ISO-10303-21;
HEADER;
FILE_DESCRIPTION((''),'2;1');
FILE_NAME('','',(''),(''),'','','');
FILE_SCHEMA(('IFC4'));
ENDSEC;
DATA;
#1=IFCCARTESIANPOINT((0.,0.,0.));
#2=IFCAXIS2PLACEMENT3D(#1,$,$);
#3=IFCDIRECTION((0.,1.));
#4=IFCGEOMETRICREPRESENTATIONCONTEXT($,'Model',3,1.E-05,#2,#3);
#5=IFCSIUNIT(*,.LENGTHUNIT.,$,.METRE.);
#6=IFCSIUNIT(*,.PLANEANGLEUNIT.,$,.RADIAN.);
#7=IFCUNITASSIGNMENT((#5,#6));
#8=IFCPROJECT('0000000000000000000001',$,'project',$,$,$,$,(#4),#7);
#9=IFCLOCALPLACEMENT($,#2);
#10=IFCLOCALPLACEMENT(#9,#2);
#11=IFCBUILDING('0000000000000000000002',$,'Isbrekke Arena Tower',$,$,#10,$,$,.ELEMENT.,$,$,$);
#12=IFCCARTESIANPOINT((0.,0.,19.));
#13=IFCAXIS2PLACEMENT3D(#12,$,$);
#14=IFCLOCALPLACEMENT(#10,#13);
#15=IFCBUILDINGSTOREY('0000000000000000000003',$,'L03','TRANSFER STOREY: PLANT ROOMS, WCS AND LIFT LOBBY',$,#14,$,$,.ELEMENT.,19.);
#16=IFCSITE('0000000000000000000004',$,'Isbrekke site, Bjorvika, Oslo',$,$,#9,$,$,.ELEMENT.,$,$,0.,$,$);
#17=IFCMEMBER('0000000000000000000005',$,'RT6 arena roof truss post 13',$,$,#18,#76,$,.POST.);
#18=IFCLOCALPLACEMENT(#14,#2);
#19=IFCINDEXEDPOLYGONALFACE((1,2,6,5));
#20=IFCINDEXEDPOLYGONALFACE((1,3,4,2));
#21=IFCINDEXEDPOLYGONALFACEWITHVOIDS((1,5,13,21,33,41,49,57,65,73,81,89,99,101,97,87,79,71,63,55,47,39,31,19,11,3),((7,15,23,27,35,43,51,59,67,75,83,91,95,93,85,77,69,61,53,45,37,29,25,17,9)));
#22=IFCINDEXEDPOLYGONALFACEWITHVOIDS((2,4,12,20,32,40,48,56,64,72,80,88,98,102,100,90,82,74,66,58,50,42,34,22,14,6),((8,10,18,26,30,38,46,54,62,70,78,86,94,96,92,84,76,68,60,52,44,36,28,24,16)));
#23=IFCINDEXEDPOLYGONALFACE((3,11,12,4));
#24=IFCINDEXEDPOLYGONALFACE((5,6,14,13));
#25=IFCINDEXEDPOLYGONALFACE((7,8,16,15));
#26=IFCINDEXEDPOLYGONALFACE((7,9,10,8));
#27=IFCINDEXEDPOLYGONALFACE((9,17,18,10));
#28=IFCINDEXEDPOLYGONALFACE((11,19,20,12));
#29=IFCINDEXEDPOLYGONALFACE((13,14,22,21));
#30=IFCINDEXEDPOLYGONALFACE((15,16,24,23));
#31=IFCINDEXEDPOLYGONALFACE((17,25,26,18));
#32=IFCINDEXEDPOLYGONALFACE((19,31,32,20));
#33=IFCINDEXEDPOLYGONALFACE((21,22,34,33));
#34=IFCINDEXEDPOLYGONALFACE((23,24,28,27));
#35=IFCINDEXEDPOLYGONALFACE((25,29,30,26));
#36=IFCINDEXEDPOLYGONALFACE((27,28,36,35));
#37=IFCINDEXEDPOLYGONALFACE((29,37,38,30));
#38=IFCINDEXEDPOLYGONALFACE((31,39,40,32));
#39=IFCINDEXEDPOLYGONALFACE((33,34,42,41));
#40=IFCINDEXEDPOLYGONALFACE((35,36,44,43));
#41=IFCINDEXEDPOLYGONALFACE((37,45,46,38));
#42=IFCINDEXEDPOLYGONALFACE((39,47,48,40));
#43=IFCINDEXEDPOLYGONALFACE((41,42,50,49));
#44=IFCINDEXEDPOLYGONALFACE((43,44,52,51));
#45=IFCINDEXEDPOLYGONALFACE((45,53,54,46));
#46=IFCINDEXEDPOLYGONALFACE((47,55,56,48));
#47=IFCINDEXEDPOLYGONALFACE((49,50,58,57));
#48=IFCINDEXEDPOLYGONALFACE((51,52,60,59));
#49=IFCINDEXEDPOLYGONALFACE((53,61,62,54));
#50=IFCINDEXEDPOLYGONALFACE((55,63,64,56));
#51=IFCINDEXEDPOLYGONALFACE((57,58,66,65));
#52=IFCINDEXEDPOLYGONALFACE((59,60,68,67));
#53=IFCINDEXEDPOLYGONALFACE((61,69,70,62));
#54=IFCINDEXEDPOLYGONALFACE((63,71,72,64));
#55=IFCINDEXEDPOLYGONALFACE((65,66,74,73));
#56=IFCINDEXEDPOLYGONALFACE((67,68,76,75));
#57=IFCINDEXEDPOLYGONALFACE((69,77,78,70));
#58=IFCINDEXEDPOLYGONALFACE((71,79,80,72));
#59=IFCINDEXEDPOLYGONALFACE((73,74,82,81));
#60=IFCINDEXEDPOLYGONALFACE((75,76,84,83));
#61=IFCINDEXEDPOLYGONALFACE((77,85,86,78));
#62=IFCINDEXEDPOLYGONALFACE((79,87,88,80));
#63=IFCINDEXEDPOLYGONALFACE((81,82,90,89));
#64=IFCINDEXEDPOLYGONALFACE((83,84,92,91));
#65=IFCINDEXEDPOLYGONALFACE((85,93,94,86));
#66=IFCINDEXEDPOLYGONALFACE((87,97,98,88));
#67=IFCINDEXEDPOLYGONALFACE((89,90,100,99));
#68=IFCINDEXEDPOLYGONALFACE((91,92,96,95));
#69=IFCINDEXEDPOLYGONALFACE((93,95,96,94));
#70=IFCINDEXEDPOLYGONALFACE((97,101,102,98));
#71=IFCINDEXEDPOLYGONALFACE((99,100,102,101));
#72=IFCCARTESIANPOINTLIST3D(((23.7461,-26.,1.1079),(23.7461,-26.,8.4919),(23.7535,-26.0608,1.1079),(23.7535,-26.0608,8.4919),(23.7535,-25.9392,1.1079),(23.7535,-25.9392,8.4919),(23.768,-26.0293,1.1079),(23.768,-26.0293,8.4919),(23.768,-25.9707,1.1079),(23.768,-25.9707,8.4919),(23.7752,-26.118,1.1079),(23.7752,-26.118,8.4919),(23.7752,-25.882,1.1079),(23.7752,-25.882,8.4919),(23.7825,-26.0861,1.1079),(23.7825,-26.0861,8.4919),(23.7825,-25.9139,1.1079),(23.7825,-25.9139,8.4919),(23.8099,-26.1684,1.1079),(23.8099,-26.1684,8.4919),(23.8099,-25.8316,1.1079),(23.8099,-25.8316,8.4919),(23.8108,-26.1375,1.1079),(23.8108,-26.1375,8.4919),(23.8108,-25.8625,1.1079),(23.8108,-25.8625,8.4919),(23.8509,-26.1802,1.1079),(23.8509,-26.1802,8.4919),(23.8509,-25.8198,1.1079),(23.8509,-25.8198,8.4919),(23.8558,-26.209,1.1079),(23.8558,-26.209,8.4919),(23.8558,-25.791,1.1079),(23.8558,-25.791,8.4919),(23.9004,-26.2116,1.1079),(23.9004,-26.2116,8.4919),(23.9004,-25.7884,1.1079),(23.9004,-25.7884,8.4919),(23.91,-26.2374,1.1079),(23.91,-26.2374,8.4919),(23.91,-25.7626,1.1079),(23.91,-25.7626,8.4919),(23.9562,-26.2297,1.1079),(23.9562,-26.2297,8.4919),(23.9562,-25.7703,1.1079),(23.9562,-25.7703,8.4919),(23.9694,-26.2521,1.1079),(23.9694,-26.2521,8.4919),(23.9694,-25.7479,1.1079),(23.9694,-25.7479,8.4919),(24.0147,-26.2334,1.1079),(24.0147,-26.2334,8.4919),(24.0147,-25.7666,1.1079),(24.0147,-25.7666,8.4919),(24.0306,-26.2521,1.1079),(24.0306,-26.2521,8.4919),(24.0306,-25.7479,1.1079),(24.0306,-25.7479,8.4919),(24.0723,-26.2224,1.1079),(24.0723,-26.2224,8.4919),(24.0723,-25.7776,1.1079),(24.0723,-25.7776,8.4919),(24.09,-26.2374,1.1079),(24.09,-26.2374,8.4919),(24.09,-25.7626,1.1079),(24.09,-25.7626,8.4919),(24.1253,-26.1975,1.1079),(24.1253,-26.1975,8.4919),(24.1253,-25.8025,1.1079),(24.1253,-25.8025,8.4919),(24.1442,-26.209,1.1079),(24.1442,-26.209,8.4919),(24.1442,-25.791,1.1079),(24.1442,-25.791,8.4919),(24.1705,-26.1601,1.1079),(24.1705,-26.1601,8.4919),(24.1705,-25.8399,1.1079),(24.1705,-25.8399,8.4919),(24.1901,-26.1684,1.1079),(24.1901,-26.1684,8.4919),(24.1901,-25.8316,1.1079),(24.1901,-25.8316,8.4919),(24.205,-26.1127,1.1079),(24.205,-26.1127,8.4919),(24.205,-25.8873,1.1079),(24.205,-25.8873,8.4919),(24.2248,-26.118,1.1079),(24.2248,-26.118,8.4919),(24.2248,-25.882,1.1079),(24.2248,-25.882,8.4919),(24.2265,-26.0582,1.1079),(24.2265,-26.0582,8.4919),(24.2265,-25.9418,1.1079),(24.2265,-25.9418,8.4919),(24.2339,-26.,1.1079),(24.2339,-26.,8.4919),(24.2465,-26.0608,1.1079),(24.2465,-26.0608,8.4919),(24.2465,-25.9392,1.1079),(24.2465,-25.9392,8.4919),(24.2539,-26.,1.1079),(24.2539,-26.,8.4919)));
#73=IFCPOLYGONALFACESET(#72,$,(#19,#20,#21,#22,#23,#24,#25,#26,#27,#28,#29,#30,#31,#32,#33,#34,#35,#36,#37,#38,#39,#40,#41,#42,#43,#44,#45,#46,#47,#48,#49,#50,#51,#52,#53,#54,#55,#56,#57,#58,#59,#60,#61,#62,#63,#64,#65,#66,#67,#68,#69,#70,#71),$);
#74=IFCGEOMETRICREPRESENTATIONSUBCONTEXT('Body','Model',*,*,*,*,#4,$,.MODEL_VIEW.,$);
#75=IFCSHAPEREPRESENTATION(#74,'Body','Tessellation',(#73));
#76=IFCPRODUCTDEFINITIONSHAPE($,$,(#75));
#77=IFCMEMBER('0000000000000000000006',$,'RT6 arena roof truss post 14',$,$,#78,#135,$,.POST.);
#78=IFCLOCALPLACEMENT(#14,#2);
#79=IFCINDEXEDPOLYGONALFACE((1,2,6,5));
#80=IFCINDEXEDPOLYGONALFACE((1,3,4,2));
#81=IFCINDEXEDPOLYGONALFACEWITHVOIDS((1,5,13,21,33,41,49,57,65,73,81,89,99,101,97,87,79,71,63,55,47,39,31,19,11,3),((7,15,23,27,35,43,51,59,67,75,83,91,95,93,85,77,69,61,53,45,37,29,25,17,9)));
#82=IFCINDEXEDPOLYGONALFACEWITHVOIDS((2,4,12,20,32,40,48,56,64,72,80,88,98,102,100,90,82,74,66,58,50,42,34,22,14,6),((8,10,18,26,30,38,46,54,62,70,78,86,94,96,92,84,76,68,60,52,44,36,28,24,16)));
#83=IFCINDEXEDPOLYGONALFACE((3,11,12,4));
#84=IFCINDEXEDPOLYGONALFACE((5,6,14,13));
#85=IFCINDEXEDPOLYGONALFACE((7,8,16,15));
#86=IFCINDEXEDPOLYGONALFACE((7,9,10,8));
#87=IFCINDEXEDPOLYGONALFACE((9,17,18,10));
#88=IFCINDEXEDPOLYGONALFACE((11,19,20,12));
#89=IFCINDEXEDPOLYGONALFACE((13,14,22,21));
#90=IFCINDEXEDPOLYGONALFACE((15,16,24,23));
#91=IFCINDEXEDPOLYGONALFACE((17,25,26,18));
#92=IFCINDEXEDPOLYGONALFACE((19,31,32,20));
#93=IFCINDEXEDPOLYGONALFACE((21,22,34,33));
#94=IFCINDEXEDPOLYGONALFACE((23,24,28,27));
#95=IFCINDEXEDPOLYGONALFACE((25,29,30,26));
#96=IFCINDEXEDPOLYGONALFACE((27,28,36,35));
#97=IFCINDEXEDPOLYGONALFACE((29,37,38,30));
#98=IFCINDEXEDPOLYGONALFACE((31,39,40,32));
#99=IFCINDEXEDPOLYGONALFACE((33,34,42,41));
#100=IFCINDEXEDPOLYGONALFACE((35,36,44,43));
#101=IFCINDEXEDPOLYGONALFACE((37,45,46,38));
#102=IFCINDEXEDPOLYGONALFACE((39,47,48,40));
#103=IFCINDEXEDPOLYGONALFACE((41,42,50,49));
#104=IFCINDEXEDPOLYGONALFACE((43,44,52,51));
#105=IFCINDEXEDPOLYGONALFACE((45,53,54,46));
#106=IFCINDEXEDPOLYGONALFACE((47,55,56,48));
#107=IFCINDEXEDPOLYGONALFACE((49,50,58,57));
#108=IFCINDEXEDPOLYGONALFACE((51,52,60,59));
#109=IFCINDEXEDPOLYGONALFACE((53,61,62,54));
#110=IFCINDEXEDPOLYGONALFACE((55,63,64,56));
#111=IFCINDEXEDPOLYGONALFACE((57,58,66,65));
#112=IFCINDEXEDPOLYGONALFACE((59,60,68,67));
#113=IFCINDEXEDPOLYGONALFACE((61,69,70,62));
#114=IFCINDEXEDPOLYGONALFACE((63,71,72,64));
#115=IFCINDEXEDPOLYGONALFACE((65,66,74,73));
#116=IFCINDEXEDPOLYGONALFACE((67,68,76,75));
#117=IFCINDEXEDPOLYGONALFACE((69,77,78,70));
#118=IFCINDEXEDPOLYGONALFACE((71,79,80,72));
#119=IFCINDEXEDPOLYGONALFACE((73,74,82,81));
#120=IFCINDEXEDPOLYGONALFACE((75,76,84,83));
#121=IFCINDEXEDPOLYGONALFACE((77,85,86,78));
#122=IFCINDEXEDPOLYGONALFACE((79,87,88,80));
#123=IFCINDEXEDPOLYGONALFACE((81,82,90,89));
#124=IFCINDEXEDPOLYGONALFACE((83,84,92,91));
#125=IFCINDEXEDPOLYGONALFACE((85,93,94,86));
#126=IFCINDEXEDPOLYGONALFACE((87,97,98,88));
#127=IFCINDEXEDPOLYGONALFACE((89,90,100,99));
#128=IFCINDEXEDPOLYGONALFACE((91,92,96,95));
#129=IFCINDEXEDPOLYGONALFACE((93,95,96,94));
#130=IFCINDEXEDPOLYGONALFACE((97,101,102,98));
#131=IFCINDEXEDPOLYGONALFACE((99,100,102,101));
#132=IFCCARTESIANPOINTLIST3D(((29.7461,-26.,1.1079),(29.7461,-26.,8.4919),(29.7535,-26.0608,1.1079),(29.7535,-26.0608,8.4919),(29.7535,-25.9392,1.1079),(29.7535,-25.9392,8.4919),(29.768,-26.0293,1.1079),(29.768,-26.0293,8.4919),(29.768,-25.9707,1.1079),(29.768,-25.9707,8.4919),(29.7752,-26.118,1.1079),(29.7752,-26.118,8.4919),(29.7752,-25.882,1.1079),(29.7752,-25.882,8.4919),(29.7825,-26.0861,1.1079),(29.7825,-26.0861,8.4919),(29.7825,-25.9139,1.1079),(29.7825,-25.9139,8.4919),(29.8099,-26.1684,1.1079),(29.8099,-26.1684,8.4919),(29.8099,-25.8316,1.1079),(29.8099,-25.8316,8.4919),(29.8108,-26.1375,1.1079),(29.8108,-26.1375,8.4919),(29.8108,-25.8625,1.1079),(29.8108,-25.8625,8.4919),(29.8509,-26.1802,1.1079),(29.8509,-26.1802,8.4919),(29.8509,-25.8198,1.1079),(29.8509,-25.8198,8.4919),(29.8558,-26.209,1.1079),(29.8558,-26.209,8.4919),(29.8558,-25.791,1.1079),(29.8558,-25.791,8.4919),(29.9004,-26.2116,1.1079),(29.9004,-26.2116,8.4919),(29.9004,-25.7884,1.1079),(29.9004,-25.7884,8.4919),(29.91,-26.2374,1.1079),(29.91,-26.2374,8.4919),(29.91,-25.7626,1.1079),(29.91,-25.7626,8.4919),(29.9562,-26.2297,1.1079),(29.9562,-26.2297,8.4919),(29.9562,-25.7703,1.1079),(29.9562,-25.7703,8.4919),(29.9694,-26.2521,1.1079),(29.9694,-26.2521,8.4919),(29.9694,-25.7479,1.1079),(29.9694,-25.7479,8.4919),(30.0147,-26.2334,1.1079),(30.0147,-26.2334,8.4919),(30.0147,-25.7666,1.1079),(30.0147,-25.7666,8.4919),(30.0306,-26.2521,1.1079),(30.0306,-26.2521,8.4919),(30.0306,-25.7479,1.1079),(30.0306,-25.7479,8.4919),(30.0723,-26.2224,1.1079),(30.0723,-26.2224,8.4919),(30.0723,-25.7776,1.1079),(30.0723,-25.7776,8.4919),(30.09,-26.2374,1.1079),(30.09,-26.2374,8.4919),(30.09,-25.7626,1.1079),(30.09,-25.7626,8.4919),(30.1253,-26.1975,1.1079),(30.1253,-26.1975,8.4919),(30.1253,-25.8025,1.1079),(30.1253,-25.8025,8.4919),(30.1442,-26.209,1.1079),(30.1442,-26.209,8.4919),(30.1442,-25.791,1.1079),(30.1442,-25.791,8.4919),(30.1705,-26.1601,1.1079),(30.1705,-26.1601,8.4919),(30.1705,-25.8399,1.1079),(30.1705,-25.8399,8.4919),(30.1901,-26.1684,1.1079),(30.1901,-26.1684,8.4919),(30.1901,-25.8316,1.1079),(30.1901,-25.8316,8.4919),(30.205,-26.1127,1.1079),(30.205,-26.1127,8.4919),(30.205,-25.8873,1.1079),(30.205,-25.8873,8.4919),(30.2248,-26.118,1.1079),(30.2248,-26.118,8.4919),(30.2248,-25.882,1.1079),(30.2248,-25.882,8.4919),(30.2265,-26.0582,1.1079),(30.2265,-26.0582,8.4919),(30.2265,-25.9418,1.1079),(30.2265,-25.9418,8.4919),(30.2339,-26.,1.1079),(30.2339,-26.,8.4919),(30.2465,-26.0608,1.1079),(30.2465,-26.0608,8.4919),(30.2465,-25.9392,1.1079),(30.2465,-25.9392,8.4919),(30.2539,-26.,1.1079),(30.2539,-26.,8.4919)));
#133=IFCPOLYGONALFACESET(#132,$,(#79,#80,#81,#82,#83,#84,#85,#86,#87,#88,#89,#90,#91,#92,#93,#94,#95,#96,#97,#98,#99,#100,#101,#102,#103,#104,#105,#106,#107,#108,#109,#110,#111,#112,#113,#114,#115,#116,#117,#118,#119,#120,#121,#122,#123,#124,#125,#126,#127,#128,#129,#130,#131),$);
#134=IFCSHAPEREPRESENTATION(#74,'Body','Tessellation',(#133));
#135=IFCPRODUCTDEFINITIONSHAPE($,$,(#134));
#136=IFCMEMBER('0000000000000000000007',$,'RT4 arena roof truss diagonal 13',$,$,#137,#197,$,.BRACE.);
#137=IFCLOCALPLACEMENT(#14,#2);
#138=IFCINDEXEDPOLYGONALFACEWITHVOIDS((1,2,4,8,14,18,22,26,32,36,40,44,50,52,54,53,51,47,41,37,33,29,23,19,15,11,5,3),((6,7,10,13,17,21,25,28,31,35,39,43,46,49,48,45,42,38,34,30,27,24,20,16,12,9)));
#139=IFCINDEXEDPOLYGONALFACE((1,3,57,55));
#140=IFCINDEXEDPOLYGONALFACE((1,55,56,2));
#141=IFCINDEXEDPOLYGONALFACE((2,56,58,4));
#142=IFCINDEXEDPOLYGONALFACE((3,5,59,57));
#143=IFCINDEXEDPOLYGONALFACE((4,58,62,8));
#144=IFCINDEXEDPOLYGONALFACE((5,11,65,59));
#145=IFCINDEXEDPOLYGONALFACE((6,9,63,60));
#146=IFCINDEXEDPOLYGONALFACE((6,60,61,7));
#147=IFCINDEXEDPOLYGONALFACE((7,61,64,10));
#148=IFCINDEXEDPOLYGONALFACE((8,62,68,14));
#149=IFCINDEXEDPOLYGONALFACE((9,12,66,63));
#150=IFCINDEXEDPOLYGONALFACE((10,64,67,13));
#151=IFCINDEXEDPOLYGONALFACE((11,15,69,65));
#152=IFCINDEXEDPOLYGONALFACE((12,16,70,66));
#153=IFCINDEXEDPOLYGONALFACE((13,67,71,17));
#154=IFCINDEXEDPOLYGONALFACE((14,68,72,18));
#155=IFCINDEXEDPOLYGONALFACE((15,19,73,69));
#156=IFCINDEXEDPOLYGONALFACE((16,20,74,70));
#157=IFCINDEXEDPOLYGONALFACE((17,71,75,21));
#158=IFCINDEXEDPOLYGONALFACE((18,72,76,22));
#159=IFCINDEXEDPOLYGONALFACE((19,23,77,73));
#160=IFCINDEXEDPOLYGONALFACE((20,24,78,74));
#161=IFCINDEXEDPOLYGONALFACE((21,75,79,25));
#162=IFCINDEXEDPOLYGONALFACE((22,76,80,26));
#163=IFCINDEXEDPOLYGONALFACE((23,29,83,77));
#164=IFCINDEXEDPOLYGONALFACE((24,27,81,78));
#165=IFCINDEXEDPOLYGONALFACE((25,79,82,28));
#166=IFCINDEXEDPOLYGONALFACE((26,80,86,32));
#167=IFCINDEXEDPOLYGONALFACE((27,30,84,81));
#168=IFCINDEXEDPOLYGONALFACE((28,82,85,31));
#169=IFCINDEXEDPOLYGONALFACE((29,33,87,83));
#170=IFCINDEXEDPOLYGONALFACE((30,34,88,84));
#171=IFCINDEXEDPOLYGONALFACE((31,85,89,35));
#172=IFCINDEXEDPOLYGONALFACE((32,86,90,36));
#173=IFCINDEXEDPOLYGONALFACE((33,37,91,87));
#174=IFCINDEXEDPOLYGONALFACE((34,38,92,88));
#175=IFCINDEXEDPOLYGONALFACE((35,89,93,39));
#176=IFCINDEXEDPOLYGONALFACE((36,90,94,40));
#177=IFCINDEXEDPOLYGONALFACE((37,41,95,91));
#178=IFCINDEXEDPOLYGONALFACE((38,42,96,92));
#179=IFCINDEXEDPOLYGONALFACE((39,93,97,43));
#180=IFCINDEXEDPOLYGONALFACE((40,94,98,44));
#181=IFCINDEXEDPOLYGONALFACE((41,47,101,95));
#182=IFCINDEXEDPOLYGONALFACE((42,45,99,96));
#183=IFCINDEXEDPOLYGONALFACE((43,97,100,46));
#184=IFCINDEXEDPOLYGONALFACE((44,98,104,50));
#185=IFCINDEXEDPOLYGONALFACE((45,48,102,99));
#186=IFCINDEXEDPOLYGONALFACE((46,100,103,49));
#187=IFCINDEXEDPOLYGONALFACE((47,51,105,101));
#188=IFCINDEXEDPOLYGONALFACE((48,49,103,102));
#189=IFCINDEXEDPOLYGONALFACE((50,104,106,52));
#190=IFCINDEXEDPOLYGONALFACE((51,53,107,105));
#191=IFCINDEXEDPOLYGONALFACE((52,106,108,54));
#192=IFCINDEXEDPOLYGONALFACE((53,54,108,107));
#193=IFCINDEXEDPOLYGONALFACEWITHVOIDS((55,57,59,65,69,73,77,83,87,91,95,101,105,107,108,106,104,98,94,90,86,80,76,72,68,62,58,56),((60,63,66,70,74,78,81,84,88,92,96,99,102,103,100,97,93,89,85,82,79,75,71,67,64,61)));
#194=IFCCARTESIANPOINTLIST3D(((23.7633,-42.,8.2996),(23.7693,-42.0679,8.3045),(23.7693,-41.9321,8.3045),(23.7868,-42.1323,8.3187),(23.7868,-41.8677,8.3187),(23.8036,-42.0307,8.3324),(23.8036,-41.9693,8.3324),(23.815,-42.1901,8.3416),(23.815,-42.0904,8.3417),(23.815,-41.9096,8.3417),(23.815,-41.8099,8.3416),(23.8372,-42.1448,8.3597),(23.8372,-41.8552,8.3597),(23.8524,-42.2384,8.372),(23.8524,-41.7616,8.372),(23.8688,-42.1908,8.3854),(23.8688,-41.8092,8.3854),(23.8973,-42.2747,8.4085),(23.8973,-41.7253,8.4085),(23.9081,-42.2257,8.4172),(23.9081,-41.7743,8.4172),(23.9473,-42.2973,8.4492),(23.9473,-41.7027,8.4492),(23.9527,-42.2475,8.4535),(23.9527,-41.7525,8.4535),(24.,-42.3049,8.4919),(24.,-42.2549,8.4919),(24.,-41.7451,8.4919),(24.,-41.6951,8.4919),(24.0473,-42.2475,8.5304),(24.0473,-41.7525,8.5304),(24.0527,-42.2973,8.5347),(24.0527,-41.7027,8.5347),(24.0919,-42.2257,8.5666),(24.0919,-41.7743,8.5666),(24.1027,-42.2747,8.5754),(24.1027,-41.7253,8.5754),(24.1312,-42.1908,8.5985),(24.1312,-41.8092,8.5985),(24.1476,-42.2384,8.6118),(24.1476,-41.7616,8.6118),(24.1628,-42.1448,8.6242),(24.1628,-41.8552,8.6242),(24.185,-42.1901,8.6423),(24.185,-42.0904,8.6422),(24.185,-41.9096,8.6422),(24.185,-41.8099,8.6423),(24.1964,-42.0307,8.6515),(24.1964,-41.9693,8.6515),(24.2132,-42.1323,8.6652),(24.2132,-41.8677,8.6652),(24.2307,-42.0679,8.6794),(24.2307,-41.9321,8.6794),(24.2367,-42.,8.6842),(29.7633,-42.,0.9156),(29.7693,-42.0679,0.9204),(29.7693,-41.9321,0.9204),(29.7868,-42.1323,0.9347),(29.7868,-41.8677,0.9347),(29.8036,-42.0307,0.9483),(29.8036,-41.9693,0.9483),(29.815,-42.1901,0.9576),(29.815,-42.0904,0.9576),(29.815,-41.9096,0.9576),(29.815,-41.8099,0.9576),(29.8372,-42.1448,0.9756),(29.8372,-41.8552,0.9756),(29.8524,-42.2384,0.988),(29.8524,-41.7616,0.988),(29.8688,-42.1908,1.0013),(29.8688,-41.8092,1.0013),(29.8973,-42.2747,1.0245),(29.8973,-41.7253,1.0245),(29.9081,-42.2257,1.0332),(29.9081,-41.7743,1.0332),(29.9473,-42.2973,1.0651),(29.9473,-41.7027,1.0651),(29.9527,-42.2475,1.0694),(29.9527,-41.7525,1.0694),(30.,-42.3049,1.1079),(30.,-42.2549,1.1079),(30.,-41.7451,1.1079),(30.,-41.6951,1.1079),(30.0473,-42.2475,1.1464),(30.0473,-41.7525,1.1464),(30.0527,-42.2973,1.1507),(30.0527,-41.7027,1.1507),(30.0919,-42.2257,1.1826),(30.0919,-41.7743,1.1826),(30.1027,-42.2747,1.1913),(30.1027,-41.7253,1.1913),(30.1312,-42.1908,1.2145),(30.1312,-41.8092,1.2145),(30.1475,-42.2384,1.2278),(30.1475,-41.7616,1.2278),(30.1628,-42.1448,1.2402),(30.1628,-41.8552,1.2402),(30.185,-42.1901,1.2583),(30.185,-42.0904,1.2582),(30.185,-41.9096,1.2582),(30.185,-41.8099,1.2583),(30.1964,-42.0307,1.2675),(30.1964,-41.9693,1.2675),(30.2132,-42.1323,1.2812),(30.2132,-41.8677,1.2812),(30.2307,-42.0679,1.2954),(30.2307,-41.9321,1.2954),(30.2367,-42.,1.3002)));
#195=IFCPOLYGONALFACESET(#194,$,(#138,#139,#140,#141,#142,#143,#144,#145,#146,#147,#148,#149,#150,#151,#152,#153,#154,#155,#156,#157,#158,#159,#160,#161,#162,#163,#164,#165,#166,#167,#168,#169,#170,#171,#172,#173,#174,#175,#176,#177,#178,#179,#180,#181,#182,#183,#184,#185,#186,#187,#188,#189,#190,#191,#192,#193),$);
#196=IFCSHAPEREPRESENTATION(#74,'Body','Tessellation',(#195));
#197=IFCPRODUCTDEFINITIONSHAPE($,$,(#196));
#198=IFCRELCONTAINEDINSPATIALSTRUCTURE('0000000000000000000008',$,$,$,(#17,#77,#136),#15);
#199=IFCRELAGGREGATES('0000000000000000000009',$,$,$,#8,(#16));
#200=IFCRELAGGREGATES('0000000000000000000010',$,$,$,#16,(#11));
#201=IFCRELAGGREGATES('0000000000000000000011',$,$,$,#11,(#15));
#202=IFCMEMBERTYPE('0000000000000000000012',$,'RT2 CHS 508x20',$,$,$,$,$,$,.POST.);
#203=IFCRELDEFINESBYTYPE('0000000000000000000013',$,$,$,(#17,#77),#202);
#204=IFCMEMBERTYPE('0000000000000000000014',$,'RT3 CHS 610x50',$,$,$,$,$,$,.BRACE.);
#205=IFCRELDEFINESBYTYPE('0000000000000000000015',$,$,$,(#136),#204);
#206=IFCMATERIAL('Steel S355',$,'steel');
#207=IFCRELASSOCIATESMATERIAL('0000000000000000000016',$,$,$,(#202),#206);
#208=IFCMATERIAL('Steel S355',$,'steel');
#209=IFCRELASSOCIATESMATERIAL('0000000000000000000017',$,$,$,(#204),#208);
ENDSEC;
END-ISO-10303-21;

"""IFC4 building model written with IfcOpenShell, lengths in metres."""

from ifc_helpers import new_model, si_unit, direction, frame, origin, origin_2d, place, context, subcontext, project, spatial, hollow_circle, extrude, material, material_profile, profile_set, type_object, element, save


model = new_model("IFC4")

# Units and contexts
model_context = context("Model", 3, precision=1e-05, world=origin(), true_north=direction((0.0, 1.0)))
body_context = subcontext(model_context, "Body", "Model", "MODEL_VIEW")
ifc_project = project(units=[si_unit("LENGTHUNIT", "METRE"), si_unit("PLANEANGLEUNIT", "RADIAN")], contexts=[model_context])

# Site, building, storey
site_placement = place(None, origin())
site = spatial("IfcSite", under=ifc_project, at=site_placement, Name="Isbrekke site, Bjorvika, Oslo", CompositionType="ELEMENT", RefElevation=0.0)
building_placement = place(site_placement, origin())
building = spatial("IfcBuilding", under=site, at=building_placement, Name="Isbrekke Arena Tower", CompositionType="ELEMENT")
storey_placement = place(building_placement, frame((0.0, 0.0, 19.0)))
storey = spatial("IfcBuildingStorey", under=building, at=storey_placement, Name="L03", Description="TRANSFER STOREY: PLANT ROOMS, WCS AND LIFT LOBBY", CompositionType="ELEMENT", Elevation=19.0)

# Members
ifc_material_1 = material(Name="Steel S355", Category="steel")
ifc_material_profile_1 = material_profile(ifc_material_1, hollow_circle(Radius=0.2539, WallThickness=0.02, at=origin_2d()), Name="CHS 508x20")
ifc_profile_set_1 = profile_set([ifc_material_profile_1], Name="Steel S355")
member_type_1 = type_object("IfcMemberType", Name="RT2 CHS 508x20", PredefinedType="POST", material=ifc_profile_set_1)
for number, where, z_axis, x_axis, name in (
    (1, (24.0, -26.0, 1.1079), (0.0, 0.0, 1.0), (1.0, 0.0, 0.0), "RT6 arena roof truss post 13"),
    (2, (30.0, -26.0, 1.1079), (0.0, 0.0, 1.0), (1.0, 0.0, 0.0), "RT6 arena roof truss post 14"),
):
    element("IfcMember", number, at=place(storey_placement, frame(where, z_axis=z_axis, x_axis=x_axis)), inside=storey, type_object=member_type_1, Name=name, PredefinedType="POST", context=body_context, shape_type="SweptSolid", body=[
        extrude(hollow_circle(Radius=0.2539, WallThickness=0.02, at=origin_2d()), origin(), (0.0, 0.0, 1.0), 7.384),
    ])
ifc_material_2 = material(Name="Steel S355", Category="steel")
ifc_material_profile_2 = material_profile(ifc_material_2, hollow_circle(Radius=0.3049, WallThickness=0.05, at=origin_2d()), Name="CHS 610x50")
ifc_profile_set_2 = profile_set([ifc_material_profile_2], Name="Steel S355")
member_type_2 = type_object("IfcMemberType", Name="RT3 CHS 610x50", PredefinedType="BRACE", material=ifc_profile_set_2)
for number, where, z_axis, x_axis, name in (
    (3, (24.0, -42.0, 8.4919), (0.630623, 0.0, -0.77609), (0.0, 1.0, 0.0), "RT4 arena roof truss diagonal 13"),
):
    element("IfcMember", number, at=place(storey_placement, frame(where, z_axis=z_axis, x_axis=x_axis)), inside=storey, type_object=member_type_2, Name=name, PredefinedType="BRACE", context=body_context, shape_type="SweptSolid", body=[
        extrude(hollow_circle(Radius=0.3049, WallThickness=0.05, at=origin_2d()), origin(), (0.0, 0.0, 1.0), 9.5144),
    ])

save(model, "model.ifc")
